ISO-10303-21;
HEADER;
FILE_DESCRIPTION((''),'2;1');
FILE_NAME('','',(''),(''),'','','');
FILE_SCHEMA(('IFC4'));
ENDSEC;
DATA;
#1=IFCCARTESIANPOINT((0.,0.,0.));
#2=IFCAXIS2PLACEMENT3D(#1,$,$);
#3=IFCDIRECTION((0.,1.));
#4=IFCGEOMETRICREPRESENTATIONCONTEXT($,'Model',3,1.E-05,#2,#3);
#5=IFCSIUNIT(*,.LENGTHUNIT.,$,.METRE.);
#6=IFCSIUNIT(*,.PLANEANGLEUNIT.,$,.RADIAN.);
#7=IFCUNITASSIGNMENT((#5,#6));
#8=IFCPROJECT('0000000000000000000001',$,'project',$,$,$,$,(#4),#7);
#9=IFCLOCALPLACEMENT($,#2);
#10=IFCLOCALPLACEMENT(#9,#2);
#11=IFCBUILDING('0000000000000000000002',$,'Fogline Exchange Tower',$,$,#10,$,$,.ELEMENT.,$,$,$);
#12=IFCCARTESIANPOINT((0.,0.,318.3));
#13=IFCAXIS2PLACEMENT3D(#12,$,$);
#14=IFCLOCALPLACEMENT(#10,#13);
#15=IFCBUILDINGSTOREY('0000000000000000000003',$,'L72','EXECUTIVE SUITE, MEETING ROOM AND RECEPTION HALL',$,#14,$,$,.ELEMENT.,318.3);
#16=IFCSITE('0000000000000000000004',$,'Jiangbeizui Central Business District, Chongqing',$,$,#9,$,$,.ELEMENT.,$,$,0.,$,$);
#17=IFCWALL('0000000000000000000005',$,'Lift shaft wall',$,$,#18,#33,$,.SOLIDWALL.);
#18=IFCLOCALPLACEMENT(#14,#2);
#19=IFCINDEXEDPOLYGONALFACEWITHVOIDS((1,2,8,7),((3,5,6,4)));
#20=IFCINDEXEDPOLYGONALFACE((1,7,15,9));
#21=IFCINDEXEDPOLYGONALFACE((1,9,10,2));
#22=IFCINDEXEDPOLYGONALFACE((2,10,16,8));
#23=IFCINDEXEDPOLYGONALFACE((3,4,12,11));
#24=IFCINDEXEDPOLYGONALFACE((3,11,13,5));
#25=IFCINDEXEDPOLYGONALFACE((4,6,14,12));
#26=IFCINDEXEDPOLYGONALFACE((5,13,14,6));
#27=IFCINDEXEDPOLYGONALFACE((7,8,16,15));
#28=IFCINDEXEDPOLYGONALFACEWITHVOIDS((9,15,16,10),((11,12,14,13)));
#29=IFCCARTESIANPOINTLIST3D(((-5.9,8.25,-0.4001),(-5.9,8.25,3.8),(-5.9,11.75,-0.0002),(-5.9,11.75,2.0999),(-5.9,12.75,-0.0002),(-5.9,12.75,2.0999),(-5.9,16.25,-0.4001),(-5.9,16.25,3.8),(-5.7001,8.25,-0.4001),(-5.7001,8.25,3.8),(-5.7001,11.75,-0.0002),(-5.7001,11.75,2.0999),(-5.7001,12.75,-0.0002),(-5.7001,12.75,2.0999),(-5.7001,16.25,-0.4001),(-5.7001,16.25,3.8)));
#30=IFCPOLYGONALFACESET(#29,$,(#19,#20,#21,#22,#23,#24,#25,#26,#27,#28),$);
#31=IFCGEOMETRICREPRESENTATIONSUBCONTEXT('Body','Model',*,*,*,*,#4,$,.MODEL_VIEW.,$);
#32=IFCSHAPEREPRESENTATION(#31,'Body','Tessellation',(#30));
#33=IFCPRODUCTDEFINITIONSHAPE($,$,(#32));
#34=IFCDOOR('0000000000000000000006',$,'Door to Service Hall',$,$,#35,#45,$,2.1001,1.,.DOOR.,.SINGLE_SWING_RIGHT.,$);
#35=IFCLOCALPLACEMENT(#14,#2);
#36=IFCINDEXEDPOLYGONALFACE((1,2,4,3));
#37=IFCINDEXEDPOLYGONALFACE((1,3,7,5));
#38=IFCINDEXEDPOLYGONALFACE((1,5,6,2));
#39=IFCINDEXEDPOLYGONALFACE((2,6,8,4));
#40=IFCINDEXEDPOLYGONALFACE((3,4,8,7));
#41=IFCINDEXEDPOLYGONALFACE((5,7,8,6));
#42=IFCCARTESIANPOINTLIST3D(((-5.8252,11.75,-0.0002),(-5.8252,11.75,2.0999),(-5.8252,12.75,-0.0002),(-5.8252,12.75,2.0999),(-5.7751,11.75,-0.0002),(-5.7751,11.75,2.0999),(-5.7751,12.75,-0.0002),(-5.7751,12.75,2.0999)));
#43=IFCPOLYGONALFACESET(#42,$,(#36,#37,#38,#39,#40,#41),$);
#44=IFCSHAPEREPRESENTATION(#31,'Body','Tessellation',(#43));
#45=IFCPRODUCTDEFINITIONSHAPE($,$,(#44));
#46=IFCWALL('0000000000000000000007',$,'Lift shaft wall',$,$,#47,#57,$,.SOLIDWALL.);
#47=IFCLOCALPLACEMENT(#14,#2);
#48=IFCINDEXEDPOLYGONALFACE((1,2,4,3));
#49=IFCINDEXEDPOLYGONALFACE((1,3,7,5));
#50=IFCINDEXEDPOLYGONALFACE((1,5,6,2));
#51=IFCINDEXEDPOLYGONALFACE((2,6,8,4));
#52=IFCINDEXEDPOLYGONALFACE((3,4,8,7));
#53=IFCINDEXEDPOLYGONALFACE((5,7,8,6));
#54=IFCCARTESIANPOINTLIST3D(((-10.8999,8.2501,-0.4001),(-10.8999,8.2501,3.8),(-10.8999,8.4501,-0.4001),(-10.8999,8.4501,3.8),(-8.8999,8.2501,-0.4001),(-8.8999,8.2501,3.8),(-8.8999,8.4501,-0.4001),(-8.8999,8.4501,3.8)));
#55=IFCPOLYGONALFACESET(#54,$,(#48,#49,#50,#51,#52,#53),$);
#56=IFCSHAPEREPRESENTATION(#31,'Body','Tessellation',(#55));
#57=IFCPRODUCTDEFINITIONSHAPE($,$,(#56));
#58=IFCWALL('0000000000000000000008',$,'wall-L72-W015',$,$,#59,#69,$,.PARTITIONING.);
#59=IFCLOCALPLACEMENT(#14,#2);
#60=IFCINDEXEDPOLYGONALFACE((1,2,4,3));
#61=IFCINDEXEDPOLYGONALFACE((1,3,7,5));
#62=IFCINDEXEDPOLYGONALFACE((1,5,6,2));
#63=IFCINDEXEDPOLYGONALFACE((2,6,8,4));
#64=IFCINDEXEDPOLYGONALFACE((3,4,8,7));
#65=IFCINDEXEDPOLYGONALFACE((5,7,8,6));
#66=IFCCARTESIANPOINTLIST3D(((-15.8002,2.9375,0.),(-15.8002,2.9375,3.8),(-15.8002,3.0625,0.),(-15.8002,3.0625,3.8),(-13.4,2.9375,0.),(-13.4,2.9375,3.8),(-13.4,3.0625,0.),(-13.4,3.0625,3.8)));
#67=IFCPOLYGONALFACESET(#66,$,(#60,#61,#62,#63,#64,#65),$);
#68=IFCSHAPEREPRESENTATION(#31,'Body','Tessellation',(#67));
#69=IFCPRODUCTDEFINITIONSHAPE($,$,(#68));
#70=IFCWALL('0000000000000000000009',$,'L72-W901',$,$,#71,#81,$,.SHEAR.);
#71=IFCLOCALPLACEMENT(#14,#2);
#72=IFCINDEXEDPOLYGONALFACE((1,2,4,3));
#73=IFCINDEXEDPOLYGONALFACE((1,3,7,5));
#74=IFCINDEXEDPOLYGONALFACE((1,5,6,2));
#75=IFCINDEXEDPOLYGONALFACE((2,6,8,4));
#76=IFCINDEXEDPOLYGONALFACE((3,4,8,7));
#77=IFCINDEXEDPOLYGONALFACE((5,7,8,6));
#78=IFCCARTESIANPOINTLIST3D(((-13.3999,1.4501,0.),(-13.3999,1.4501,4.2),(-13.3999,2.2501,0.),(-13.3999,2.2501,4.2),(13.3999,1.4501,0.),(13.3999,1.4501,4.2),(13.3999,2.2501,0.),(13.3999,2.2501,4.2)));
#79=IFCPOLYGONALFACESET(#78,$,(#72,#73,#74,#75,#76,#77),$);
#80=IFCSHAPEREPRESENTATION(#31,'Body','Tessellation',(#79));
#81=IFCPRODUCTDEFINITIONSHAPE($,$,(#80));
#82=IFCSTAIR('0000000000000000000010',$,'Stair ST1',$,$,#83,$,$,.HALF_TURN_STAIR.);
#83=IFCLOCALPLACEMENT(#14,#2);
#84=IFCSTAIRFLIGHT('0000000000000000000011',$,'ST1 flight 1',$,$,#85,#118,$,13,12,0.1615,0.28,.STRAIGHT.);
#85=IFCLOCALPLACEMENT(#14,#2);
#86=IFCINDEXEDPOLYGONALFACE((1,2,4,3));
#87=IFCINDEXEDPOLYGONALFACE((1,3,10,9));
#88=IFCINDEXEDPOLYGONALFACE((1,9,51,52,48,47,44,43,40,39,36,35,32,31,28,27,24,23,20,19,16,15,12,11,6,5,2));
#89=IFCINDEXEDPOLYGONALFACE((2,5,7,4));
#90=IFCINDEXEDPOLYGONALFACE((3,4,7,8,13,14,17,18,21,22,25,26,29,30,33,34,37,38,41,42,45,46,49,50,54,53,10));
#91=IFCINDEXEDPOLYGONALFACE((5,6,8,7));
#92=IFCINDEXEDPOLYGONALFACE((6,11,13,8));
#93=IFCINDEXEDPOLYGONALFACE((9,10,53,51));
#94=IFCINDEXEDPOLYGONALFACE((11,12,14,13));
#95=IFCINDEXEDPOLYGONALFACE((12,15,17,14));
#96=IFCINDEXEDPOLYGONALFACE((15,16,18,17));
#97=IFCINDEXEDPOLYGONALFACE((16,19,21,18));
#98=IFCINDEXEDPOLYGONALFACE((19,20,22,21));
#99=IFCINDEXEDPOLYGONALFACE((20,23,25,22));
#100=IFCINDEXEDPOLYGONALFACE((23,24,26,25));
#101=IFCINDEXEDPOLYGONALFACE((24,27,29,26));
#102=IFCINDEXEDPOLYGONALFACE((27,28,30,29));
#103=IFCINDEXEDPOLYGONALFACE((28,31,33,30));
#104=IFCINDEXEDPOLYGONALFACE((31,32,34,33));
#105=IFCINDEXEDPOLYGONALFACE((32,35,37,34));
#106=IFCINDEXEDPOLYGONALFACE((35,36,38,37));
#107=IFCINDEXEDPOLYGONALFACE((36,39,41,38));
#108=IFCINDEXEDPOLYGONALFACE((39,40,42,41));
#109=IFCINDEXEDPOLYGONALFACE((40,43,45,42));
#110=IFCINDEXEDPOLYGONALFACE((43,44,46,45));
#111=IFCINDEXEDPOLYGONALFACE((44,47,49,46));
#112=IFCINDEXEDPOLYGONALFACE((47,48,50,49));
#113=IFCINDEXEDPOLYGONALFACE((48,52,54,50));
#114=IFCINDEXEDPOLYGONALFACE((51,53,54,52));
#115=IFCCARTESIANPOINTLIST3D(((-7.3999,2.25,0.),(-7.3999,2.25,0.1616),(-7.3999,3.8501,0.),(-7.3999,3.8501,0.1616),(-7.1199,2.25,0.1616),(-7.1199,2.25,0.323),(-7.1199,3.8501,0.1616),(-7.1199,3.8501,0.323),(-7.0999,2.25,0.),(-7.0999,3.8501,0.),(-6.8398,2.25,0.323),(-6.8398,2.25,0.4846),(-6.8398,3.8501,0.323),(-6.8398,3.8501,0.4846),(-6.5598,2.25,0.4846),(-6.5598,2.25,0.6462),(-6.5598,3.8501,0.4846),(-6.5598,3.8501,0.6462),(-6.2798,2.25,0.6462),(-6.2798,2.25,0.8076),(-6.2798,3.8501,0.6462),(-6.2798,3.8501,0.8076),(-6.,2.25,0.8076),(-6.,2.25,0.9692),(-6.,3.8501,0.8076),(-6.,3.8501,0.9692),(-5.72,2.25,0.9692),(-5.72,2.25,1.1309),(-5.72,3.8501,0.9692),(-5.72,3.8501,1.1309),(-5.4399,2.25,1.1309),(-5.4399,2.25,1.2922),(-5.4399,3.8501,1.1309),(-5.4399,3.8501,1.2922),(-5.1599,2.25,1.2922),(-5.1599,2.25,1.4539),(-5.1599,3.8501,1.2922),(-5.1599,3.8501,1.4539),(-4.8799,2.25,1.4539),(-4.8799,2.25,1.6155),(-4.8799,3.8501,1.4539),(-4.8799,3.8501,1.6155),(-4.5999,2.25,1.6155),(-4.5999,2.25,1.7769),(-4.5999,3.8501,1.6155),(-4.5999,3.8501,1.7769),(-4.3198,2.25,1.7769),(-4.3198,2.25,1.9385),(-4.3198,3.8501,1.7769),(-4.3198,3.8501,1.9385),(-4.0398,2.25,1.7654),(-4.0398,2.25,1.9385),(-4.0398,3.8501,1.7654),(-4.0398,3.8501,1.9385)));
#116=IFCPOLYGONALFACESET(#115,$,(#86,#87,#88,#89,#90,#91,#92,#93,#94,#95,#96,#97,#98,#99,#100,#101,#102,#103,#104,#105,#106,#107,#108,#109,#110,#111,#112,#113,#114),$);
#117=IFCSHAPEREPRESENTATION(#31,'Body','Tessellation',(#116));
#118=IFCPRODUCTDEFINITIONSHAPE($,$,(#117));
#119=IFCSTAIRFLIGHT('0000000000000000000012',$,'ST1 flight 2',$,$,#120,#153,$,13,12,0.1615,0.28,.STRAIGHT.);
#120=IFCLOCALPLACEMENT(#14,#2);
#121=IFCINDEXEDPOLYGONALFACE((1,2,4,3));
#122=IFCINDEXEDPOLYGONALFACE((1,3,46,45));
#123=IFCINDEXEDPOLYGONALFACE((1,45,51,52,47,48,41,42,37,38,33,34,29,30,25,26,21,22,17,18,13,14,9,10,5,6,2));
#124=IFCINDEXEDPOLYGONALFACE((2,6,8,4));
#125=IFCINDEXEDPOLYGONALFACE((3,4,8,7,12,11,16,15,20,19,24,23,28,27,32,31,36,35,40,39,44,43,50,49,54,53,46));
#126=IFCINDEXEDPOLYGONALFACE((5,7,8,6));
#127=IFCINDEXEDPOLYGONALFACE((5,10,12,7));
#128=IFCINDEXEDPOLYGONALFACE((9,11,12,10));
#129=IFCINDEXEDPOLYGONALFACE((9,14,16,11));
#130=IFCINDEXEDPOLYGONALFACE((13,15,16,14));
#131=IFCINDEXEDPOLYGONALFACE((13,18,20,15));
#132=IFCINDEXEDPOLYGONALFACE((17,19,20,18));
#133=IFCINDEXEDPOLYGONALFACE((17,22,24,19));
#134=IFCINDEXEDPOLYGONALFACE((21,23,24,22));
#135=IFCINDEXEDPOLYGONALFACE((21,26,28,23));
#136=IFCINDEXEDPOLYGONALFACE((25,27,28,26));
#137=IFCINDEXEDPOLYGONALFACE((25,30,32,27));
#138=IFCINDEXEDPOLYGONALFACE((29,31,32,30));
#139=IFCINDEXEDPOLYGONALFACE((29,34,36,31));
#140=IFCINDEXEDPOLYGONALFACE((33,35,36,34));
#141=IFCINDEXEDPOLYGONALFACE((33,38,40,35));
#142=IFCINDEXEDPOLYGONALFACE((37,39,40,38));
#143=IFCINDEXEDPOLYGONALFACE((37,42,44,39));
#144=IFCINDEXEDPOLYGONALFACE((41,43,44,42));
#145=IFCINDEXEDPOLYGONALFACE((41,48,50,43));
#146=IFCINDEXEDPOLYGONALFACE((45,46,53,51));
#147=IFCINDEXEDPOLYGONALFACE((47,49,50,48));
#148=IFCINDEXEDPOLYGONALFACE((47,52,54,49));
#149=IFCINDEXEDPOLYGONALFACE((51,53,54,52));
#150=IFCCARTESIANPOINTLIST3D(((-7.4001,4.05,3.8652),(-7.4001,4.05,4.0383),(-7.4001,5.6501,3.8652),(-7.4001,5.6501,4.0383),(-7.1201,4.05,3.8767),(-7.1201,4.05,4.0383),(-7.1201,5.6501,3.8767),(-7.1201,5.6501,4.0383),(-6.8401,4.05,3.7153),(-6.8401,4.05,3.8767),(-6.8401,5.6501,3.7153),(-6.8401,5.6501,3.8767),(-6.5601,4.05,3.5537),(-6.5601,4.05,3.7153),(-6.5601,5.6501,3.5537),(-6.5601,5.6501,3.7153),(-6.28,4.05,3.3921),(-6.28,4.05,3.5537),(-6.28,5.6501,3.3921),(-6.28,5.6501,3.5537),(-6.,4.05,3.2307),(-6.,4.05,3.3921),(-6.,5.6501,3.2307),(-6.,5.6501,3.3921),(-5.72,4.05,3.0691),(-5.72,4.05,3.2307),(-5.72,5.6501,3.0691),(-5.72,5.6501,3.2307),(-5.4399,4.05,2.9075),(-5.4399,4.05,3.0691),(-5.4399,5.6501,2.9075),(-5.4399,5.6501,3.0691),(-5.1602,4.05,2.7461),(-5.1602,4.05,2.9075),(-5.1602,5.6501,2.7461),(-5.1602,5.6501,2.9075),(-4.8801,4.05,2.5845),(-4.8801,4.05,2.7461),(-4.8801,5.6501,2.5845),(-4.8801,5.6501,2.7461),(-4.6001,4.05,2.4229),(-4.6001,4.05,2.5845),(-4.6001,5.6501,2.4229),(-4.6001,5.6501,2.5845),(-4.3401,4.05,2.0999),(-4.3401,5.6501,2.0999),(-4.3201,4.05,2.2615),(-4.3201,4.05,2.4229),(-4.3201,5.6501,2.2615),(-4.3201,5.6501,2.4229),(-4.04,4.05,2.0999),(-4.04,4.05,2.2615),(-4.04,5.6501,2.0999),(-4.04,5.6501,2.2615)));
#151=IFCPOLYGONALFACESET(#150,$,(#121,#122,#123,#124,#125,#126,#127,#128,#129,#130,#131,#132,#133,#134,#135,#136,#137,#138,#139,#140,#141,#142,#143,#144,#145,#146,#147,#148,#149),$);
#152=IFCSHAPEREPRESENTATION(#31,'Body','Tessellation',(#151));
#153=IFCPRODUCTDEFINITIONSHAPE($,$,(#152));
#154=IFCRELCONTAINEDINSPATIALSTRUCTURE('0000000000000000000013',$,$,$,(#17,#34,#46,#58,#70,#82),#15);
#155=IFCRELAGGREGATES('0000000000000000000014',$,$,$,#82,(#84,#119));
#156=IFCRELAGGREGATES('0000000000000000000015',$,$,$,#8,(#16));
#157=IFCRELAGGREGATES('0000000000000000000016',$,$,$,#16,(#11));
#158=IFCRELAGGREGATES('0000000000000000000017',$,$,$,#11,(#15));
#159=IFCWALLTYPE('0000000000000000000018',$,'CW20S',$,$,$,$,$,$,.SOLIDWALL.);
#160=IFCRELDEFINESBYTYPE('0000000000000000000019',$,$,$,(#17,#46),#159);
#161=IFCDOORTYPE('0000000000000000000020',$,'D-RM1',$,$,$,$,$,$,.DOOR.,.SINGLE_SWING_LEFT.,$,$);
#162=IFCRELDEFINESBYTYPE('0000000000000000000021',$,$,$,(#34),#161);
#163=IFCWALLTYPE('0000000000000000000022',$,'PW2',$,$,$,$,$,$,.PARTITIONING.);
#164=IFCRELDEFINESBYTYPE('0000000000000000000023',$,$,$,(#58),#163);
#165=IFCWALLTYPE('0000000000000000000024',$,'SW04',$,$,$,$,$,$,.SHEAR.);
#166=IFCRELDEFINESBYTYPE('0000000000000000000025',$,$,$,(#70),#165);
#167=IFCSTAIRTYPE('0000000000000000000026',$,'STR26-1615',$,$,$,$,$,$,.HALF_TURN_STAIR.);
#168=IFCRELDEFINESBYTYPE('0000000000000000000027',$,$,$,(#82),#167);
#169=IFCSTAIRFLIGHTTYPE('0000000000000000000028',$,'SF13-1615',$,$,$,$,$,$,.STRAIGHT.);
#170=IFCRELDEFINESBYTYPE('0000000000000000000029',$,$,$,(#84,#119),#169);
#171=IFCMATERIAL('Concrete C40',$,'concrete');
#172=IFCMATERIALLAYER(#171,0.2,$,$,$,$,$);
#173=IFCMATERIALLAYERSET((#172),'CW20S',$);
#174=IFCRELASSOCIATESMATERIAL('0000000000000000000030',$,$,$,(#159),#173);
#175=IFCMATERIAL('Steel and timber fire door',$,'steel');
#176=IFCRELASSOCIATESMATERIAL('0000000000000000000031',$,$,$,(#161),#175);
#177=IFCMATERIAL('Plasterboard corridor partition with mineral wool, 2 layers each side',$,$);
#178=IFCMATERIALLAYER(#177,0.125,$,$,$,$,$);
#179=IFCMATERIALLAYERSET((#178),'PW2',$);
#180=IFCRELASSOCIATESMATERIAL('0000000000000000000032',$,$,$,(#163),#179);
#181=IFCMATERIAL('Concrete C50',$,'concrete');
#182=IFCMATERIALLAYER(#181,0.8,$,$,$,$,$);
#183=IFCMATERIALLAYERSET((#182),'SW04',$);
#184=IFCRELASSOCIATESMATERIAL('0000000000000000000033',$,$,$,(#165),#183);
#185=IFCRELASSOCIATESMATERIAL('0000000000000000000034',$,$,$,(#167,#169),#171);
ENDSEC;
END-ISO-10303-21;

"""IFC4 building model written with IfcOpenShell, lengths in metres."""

from ifc_helpers import new_model, si_unit, direction, frame, frame_2d, origin, place, context, subcontext, project, spatial, polyline, rectangle, outline, extrude, material, layer, layer_set, type_object, element, fill, aggregate, save


model = new_model("IFC4")

# Units and contexts
model_context = context("Model", 3, precision=1e-05, world=origin(), true_north=direction((0.0, 1.0)))
body_context = subcontext(model_context, "Body", "Model", "MODEL_VIEW")
ifc_project = project(units=[si_unit("LENGTHUNIT", "METRE"), si_unit("PLANEANGLEUNIT", "RADIAN")], contexts=[model_context])

# Site, building, storey
site_placement = place(None, origin())
site = spatial("IfcSite", under=ifc_project, at=site_placement, Name="Jiangbeizui Central Business District, Chongqing", CompositionType="ELEMENT", RefElevation=0.0)
building_placement = place(site_placement, origin())
building = spatial("IfcBuilding", under=site, at=building_placement, Name="Fogline Exchange Tower", CompositionType="ELEMENT")
storey_placement = place(building_placement, frame((0.0, 0.0, 318.3)))
storey = spatial("IfcBuildingStorey", under=building, at=storey_placement, Name="L72", Description="EXECUTIVE SUITE, MEETING ROOM AND RECEPTION HALL", CompositionType="ELEMENT", Elevation=318.3)

# Shared definitions
ifc_material_1 = material(Name="Steel and timber fire door", Category="steel")

# Shared definitions
ifc_material_2 = material(Name="Concrete C40", Category="concrete")

# Wall, opening, door
ifc_layer_1 = layer(ifc_material_2, 0.2)
ifc_layer_set_1 = layer_set([ifc_layer_1], Name="CW20S")
wall_type_1 = type_object("IfcWallType", Name="CW20S", PredefinedType="SOLIDWALL", material=ifc_layer_set_1)
door_type_1 = type_object("IfcDoorType", Name="D-RM1", OperationType="SINGLE_SWING_LEFT", PredefinedType="DOOR", material=ifc_material_1)
wall_1_placement = place(storey_placement, frame((-5.8, 8.25, -0.4001), z_axis=(0.0, 0.0, 1.0), x_axis=(0.0, 1.0, 0.0)))
wall_1 = element("IfcWall", 1, at=wall_1_placement, inside=storey, type_object=wall_type_1, Name="Lift shaft wall", PredefinedType="SOLIDWALL", context=body_context, shape_type="SweptSolid", body=[
    extrude(rectangle(XDim=8.0, YDim=0.2, at=frame_2d((4.0, 0.0))), origin(), (0.0, 0.0, 1.0), 4.2002),
])
opening_1_placement = place(wall_1_placement, frame((3.5, 0.0, 0.3999)))
opening_1 = element("IfcOpeningElement", 2, at=opening_1_placement, cuts=wall_1, PredefinedType="OPENING", context=body_context, shape_type="SweptSolid", body=[
    extrude(rectangle(XDim=1.0, YDim=2.1001, at=frame_2d((0.5, 1.05))), frame((0.0, 0.1099, 0.0), z_axis=(0.0, -1.0, 0.0), x_axis=(1.0, 0.0, 0.0)), (0.0, 0.0, 1.0), 0.22),
])
door_1_placement = place(opening_1_placement, frame((1.0, 0.0, 0.0), z_axis=(0.0, 0.0, 1.0), x_axis=(-1.0, 0.0, 0.0)))
door_1 = element("IfcDoor", 3, at=door_1_placement, inside=storey, type_object=door_type_1, Name="Door to Service Hall", OperationType="SINGLE_SWING_RIGHT", OverallHeight=2.1001, OverallWidth=1.0, PredefinedType="DOOR", context=body_context, shape_type="SweptSolid", body=[
    extrude(rectangle(XDim=1.0, YDim=2.1001, at=frame_2d((0.5, 1.05))), frame((0.0, 0.0249, 0.0), z_axis=(0.0, -1.0, 0.0), x_axis=(1.0, 0.0, 0.0)), (0.0, 0.0, 1.0), 0.05),
])
fill(opening_1, door_1)

# Walls
wall_2_placement = place(storey_placement, frame((-10.8999, 8.3501, -0.4001), z_axis=(0.0, 0.0, 1.0), x_axis=(1.0, 0.0, 0.0)))
element("IfcWall", 4, at=wall_2_placement, inside=storey, type_object=wall_type_1, Name="Lift shaft wall", PredefinedType="SOLIDWALL", context=body_context, shape_type="SweptSolid", body=[
    extrude(rectangle(XDim=2.0, YDim=0.2, at=frame_2d((1.0, 0.0))), origin(), (0.0, 0.0, 1.0), 4.2002),
])
ifc_material_3 = material(Name="Plasterboard corridor partition with mineral wool, 2 layers each side")
ifc_layer_2 = layer(ifc_material_3, 0.125)
ifc_layer_set_2 = layer_set([ifc_layer_2], Name="PW2")
wall_type_2 = type_object("IfcWallType", Name="PW2", PredefinedType="PARTITIONING", material=ifc_layer_set_2)
wall_3_placement = place(storey_placement, frame((-13.3999, 3.0, 0.0), z_axis=(0.0, 0.0, 1.0), x_axis=(-1.0, 0.0, 0.0)))
element("IfcWall", 5, at=wall_3_placement, inside=storey, type_object=wall_type_2, Name="wall-L72-W015", PredefinedType="PARTITIONING", context=body_context, shape_type="SweptSolid", body=[
    extrude(rectangle(XDim=2.4001, YDim=0.125, at=frame_2d((1.2002, 0.0))), origin(), (0.0, 0.0, 1.0), 3.8),
])
ifc_material_4 = material(Name="Concrete C50", Category="concrete")
ifc_layer_3 = layer(ifc_material_4, 0.8)
ifc_layer_set_3 = layer_set([ifc_layer_3], Name="SW04")
wall_type_3 = type_object("IfcWallType", Name="SW04", PredefinedType="SHEAR", material=ifc_layer_set_3)
wall_4_placement = place(storey_placement, frame((-13.3999, 1.8501, 0.0), z_axis=(0.0, 0.0, 1.0), x_axis=(1.0, 0.0, 0.0)))
element("IfcWall", 6, at=wall_4_placement, inside=storey, type_object=wall_type_3, Name="L72-W901", PredefinedType="SHEAR", context=body_context, shape_type="SweptSolid", body=[
    extrude(rectangle(XDim=26.7998, YDim=0.8, at=frame_2d((13.3999, 0.0))), origin(), (0.0, 0.0, 1.0), 4.2),
])

# Stair, stair flights
stair_type = type_object("IfcStairType", Name="STR26-1615", PredefinedType="HALF_TURN_STAIR", material=ifc_material_2)
stair_placement = place(storey_placement, origin())
stair = element("IfcStair", 7, at=stair_placement, inside=storey, type_object=stair_type, Name="Stair ST1", PredefinedType="HALF_TURN_STAIR")
stair_flight_type = type_object("IfcStairFlightType", Name="SF13-1615", PredefinedType="STRAIGHT", material=ifc_material_2)
stair_flight_1_placement = place(storey_placement, frame((-7.3999, 3.05, 0.0), z_axis=(0.0, 0.0, 1.0), x_axis=(1.0, 0.0, 0.0)))
stair_flight_1 = element("IfcStairFlight", 8, at=stair_flight_1_placement, type_object=stair_flight_type, Name="ST1 flight 1", NumberOfRisers=13, NumberOfTreads=12, PredefinedType="STRAIGHT", RiserHeight=0.1615, TreadLength=0.28, context=body_context, shape_type="SweptSolid", body=[
    extrude(outline(polyline([(0.0, 0.0), (0.0, 0.1616), (0.28, 0.1616), (0.28, 0.323), (0.5601, 0.323), (0.5601, 0.4846), (0.8401, 0.4846), (0.8401, 0.6462), (1.1201, 0.6462), (1.1201, 0.8076), (1.3999, 0.8076), (1.3999, 0.9692), (1.6799, 0.9692), (1.6799, 1.1309), (1.96, 1.1309), (1.96, 1.2922), (2.24, 1.2922), (2.24, 1.4539), (2.52, 1.4539), (2.52, 1.6155), (2.8, 1.6155), (2.8, 1.7769), (3.0801, 1.7769), (3.0801, 1.9385), (3.3601, 1.9385), (3.3601, 2.1001), (3.3601, 1.7654), (0.3, 0.0), (0.0, 0.0)])), frame((0.0, 0.8, 0.0), z_axis=(0.0, -1.0, 0.0), x_axis=(1.0, 0.0, 0.0)), (0.0, 0.0, 1.0), 1.6001),
])
stair_flight_2_placement = place(storey_placement, frame((-4.04, 4.8501, 2.0999), z_axis=(0.0, 0.0, 1.0), x_axis=(-1.0, 0.0, 0.0)))
stair_flight_2 = element("IfcStairFlight", 9, at=stair_flight_2_placement, type_object=stair_flight_type, Name="ST1 flight 2", NumberOfRisers=13, NumberOfTreads=12, PredefinedType="STRAIGHT", RiserHeight=0.1615, TreadLength=0.28, context=body_context, shape_type="SweptSolid", body=[
    extrude(outline(polyline([(0.0, 0.0), (0.0, 0.1616), (0.28, 0.1616), (0.28, 0.323), (0.5601, 0.323), (0.5601, 0.4846), (0.8401, 0.4846), (0.8401, 0.6462), (1.1201, 0.6462), (1.1201, 0.8076), (1.3999, 0.8076), (1.3999, 0.9692), (1.6799, 0.9692), (1.6799, 1.1309), (1.96, 1.1309), (1.96, 1.2922), (2.24, 1.2922), (2.24, 1.4539), (2.52, 1.4539), (2.52, 1.6155), (2.8, 1.6155), (2.8, 1.7769), (3.0801, 1.7769), (3.0801, 1.9385), (3.3601, 1.9385), (3.3601, 2.1001), (3.3601, 1.7654), (0.3, 0.0), (0.0, 0.0)])), frame((0.0, 0.8, 0.0), z_axis=(0.0, -1.0, 0.0), x_axis=(1.0, 0.0, 0.0)), (0.0, 0.0, 1.0), 1.6001),
])
aggregate(stair, [stair_flight_1, stair_flight_2])

save(model, "model.ifc")
